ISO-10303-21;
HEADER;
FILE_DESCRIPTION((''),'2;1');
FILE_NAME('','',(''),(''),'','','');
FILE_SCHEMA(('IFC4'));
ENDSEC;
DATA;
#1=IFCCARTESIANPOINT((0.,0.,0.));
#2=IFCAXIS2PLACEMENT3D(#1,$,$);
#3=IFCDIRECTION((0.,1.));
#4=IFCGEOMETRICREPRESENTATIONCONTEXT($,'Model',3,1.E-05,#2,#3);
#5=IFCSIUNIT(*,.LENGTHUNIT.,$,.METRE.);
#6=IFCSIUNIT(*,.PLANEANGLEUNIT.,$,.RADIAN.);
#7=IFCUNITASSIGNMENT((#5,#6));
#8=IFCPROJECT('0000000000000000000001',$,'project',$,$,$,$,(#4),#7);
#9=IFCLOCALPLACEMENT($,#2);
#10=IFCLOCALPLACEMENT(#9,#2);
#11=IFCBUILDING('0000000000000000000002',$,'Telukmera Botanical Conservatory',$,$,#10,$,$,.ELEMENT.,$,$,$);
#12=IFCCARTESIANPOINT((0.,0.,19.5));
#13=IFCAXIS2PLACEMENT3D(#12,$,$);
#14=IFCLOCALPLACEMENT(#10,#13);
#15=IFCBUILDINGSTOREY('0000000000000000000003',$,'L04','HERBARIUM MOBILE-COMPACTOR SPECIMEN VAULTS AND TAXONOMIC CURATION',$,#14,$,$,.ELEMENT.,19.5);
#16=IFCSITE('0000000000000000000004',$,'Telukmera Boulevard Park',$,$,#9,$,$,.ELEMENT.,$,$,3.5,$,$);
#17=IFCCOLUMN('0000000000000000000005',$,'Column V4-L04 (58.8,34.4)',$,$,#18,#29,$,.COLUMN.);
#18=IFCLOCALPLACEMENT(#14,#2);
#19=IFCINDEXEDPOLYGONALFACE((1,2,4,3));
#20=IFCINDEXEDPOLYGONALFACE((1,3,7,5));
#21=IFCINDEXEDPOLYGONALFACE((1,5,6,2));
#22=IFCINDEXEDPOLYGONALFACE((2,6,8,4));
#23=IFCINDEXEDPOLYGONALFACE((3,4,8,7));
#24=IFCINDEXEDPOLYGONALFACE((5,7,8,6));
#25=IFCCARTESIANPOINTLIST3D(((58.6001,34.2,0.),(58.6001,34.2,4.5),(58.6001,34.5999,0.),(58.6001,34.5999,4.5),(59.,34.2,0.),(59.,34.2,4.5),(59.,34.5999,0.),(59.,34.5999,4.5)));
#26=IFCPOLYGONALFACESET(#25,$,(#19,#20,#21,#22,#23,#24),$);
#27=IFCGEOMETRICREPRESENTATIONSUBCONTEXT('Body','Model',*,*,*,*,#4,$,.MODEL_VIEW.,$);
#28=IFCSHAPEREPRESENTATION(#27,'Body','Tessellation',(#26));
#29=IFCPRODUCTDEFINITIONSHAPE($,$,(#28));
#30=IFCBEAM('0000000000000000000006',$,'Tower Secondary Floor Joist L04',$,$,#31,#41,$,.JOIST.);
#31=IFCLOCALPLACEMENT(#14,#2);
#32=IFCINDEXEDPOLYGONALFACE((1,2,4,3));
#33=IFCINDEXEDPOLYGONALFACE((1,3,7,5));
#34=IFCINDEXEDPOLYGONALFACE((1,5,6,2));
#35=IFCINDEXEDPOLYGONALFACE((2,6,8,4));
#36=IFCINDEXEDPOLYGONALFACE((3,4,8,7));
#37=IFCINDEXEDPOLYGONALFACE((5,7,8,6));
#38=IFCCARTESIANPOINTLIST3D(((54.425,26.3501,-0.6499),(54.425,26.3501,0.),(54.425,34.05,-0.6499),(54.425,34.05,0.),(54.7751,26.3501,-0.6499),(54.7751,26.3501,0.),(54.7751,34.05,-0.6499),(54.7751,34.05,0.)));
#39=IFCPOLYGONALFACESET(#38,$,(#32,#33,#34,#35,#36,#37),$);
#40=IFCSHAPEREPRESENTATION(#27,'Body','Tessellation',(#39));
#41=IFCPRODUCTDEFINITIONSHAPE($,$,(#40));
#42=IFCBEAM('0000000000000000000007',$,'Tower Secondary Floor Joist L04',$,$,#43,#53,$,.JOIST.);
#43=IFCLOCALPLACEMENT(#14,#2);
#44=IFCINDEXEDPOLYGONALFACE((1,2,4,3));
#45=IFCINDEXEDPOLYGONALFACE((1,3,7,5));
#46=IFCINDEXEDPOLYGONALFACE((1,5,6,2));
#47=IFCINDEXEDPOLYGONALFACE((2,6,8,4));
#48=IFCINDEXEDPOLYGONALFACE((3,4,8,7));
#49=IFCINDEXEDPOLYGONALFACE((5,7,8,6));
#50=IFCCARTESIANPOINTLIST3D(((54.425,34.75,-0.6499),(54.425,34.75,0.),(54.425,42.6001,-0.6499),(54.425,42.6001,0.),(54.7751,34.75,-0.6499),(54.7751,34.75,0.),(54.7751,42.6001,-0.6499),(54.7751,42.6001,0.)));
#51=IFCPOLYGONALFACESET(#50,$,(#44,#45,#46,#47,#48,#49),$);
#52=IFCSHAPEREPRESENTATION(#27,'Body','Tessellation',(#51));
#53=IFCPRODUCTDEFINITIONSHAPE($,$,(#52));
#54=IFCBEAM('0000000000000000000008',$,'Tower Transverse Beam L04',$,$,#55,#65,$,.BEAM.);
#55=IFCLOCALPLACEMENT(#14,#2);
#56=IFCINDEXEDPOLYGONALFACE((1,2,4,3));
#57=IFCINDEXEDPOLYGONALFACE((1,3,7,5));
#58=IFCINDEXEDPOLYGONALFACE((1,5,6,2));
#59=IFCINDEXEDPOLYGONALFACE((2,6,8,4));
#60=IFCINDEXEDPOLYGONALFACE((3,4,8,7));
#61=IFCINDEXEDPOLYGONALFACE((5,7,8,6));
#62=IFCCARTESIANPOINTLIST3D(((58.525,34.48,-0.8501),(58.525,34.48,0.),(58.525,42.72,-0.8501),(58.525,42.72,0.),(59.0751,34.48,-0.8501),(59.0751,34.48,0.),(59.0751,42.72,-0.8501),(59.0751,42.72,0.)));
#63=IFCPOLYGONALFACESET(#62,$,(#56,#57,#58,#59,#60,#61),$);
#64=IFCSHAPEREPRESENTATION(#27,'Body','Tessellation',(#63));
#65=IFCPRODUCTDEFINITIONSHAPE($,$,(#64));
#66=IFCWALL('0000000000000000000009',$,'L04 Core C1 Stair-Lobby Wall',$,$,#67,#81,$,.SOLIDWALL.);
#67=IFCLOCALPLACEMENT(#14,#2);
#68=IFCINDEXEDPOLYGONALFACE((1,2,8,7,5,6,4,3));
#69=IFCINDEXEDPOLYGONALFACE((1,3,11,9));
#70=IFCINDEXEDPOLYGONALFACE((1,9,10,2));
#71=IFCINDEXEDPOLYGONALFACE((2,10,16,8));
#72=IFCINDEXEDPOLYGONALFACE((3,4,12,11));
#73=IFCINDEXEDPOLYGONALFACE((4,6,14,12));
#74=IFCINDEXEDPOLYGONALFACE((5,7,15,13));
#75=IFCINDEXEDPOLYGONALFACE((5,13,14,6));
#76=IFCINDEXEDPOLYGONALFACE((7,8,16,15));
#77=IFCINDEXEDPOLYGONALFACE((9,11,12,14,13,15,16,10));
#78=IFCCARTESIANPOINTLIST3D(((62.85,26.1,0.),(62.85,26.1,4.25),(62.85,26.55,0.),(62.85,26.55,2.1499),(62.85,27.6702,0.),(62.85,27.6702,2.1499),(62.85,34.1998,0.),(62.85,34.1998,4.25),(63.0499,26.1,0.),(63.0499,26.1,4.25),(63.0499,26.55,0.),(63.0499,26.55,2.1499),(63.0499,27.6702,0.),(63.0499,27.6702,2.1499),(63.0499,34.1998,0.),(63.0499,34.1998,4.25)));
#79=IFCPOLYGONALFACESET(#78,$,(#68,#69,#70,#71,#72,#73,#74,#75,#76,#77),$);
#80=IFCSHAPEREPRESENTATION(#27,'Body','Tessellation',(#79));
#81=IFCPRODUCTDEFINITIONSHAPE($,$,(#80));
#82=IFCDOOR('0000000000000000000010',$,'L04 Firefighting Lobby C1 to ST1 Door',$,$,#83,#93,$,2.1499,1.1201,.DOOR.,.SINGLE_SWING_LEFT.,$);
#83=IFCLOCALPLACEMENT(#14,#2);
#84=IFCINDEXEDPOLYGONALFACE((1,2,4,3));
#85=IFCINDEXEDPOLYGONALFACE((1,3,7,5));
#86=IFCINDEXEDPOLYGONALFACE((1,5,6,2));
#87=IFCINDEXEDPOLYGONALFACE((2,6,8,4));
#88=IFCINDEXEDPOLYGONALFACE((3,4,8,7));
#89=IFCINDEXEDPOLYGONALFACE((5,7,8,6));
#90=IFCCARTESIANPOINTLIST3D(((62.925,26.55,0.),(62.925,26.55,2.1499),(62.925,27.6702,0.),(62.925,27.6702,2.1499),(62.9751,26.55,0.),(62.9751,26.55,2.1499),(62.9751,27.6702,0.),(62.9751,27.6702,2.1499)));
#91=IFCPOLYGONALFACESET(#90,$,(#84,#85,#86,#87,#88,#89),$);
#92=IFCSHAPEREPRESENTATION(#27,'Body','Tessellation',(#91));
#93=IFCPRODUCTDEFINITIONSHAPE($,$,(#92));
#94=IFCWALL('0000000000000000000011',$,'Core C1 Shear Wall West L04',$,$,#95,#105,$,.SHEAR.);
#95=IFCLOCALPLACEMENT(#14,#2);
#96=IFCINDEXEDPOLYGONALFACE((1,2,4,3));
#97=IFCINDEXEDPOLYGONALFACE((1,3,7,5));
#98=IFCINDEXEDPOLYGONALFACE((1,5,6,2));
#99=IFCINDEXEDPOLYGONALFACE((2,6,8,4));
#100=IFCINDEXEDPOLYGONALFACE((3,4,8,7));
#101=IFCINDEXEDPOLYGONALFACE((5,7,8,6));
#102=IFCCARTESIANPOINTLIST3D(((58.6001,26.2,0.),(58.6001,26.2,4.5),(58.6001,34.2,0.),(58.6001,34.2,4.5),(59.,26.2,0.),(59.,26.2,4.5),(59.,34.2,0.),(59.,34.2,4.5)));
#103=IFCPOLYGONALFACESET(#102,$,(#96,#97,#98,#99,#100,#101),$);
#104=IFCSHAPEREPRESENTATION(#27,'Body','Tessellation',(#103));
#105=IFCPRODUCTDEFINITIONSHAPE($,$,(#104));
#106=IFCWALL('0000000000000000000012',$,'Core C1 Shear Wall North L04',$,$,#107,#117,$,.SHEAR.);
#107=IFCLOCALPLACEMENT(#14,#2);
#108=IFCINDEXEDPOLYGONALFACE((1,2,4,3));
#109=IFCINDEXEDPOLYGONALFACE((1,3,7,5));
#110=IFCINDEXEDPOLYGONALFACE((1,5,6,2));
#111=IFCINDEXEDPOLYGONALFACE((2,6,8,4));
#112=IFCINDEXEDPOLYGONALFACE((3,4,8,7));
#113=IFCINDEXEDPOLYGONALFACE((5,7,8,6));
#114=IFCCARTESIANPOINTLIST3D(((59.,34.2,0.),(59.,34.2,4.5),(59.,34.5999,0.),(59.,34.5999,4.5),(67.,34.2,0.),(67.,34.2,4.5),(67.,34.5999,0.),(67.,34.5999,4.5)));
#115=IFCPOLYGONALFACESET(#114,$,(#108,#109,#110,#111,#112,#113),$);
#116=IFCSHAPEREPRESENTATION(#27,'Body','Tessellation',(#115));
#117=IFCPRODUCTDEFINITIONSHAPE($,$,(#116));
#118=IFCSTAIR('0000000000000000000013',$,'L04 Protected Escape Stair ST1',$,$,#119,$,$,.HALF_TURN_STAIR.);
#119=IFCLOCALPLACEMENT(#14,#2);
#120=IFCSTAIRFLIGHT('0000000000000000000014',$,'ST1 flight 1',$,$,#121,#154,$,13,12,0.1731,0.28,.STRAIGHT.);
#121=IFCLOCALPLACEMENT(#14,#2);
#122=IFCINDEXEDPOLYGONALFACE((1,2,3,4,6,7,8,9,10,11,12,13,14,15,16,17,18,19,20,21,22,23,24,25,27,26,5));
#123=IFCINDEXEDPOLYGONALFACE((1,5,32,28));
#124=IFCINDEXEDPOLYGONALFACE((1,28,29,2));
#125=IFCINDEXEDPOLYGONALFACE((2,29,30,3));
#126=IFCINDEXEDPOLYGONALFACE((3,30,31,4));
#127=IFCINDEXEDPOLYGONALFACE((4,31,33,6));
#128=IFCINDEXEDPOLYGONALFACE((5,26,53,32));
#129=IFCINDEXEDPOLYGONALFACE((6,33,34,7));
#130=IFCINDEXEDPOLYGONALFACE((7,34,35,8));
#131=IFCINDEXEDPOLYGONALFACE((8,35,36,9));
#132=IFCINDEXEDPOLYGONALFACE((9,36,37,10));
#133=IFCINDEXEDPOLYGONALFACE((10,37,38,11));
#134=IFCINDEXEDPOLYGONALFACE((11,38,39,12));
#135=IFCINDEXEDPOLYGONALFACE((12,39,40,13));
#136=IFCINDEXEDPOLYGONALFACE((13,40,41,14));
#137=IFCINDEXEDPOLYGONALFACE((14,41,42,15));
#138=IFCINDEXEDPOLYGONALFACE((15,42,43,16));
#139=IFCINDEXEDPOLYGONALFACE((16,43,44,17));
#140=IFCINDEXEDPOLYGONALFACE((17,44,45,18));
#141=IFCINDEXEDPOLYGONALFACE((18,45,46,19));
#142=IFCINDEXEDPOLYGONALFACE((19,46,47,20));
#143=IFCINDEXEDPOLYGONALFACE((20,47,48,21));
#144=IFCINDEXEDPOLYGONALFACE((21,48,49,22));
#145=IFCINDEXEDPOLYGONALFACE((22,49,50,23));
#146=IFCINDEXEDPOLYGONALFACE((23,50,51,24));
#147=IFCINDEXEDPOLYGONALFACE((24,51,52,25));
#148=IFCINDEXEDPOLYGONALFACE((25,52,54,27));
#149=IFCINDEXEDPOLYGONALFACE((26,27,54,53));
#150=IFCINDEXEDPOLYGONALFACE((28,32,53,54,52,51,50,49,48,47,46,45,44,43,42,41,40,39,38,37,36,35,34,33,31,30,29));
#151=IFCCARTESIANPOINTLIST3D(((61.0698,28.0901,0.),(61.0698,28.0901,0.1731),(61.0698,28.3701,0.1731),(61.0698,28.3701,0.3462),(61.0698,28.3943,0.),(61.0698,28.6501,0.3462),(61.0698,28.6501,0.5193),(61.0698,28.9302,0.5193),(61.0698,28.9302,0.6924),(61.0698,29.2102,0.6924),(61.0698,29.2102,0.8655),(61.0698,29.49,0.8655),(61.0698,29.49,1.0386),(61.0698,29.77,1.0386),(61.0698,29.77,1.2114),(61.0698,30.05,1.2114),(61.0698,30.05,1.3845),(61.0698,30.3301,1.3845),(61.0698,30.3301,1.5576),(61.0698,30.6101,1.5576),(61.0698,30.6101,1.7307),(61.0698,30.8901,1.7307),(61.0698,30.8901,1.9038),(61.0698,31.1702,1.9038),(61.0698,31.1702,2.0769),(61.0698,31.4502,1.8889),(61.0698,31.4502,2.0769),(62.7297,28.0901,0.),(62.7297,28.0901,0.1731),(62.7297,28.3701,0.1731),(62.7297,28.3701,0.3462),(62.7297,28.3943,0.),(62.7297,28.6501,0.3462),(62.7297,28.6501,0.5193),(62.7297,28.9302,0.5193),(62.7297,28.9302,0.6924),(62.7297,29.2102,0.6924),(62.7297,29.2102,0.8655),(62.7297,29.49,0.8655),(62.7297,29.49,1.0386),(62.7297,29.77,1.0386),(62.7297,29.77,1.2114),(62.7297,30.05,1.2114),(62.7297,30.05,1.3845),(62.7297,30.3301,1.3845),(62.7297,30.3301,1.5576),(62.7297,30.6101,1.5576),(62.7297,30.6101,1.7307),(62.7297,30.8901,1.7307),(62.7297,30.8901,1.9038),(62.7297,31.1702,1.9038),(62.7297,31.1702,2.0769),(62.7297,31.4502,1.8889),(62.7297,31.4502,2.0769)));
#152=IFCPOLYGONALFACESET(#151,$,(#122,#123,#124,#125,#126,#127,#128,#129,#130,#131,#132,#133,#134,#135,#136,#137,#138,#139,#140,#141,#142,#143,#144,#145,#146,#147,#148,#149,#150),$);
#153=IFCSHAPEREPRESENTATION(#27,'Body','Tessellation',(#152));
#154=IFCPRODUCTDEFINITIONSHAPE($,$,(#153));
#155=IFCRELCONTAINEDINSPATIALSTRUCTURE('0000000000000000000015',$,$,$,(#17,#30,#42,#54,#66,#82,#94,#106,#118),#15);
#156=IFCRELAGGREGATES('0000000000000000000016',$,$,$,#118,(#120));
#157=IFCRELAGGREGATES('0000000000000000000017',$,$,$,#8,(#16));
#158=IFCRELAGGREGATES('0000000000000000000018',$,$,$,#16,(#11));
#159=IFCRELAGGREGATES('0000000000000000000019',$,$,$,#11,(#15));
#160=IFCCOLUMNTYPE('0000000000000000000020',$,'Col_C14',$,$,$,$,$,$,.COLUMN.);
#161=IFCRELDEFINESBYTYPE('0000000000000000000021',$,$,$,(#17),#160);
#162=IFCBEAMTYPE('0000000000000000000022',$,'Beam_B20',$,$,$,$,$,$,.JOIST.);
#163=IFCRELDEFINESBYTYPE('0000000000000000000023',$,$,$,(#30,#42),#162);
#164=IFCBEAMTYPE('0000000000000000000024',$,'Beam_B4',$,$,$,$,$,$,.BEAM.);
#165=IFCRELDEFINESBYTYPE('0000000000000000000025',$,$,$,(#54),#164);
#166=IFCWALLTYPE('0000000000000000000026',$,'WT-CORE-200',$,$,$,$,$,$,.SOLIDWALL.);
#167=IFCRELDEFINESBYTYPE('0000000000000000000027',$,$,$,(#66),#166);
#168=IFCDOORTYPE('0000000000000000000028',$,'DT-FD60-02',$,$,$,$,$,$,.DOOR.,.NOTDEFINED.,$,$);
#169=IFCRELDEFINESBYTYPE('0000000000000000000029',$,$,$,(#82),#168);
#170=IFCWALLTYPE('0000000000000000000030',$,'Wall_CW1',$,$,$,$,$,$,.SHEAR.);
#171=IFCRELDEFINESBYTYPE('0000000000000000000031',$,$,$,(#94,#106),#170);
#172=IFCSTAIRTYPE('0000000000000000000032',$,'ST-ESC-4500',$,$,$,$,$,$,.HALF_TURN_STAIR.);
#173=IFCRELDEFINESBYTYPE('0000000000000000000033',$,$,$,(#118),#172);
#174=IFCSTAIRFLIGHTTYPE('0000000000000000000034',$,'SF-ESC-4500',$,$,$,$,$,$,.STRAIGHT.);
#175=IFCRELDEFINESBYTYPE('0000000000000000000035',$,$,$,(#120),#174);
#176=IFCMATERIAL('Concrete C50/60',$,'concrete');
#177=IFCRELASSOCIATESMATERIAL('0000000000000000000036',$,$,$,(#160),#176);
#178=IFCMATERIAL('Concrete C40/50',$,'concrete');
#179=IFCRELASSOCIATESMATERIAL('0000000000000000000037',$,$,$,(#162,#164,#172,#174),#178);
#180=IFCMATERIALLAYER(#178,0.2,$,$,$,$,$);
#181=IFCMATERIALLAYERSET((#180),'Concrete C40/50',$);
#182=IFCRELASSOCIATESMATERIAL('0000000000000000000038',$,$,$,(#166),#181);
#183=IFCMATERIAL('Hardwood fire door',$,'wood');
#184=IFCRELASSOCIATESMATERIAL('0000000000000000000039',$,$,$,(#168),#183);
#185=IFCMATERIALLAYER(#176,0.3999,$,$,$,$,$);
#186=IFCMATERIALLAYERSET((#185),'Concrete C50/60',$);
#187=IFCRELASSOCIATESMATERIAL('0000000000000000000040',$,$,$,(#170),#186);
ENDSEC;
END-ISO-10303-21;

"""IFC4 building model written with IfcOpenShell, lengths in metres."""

from ifc_helpers import new_model, si_unit, direction, frame, frame_2d, origin, origin_2d, place, context, subcontext, project, spatial, polyline, rectangle, outline, extrude, material, layer, layer_set, material_profile, profile_set, type_object, element, fill, aggregate, save


model = new_model("IFC4")

# Units and contexts
model_context = context("Model", 3, precision=1e-05, world=origin(), true_north=direction((0.0, 1.0)))
body_context = subcontext(model_context, "Body", "Model", "MODEL_VIEW")
ifc_project = project(units=[si_unit("LENGTHUNIT", "METRE"), si_unit("PLANEANGLEUNIT", "RADIAN")], contexts=[model_context])

# Site, building, storey
site_placement = place(None, origin())
site = spatial("IfcSite", under=ifc_project, at=site_placement, Name="Telukmera Boulevard Park", CompositionType="ELEMENT", RefElevation=3.5)
building_placement = place(site_placement, origin())
building = spatial("IfcBuilding", under=site, at=building_placement, Name="Telukmera Botanical Conservatory", CompositionType="ELEMENT")
storey_placement = place(building_placement, frame((0.0, 0.0, 19.5)))
storey = spatial("IfcBuildingStorey", under=building, at=storey_placement, Name="L04", Description="HERBARIUM MOBILE-COMPACTOR SPECIMEN VAULTS AND TAXONOMIC CURATION", CompositionType="ELEMENT", Elevation=19.5)

# Column
ifc_material_1 = material(Name="Concrete C50/60", Category="concrete")
ifc_material_profile_1 = material_profile(ifc_material_1, rectangle(XDim=0.3999, YDim=0.3999, at=origin_2d()), Name="RC 400x400")
ifc_profile_set_1 = profile_set([ifc_material_profile_1], Name="Concrete C50/60")
column_type = type_object("IfcColumnType", Name="Col_C14", PredefinedType="COLUMN", material=ifc_profile_set_1)
column_placement = place(storey_placement, frame((58.8, 34.3999, 0.0), z_axis=(0.0, 0.0, 1.0), x_axis=(1.0, 0.0, 0.0)))
element("IfcColumn", 1, at=column_placement, inside=storey, type_object=column_type, Name="Column V4-L04 (58.8,34.4)", PredefinedType="COLUMN", context=body_context, shape_type="SweptSolid", body=[
    extrude(rectangle(XDim=0.3999, YDim=0.3999, at=origin_2d()), origin(), (0.0, 0.0, 1.0), 4.5),
])

# Beams
ifc_material_2 = material(Name="Concrete C40/50", Category="concrete")
ifc_material_profile_2 = material_profile(ifc_material_2, rectangle(XDim=0.3501, YDim=0.6499, at=origin_2d()), Name="RC 350x650")
ifc_profile_set_2 = profile_set([ifc_material_profile_2], Name="Concrete C40/50")
beam_type_1 = type_object("IfcBeamType", Name="Beam_B20", PredefinedType="JOIST", material=ifc_profile_set_2)
beam_1_placement = place(storey_placement, frame((54.6001, 26.3501, -0.325), z_axis=(0.0, 1.0, 0.0), x_axis=(-1.0, 0.0, 0.0)))
element("IfcBeam", 2, at=beam_1_placement, inside=storey, type_object=beam_type_1, Name="Tower Secondary Floor Joist L04", PredefinedType="JOIST", context=body_context, shape_type="SweptSolid", body=[
    extrude(rectangle(XDim=0.3501, YDim=0.6499, at=origin_2d()), origin(), (0.0, 0.0, 1.0), 7.7),
])
beam_2_placement = place(storey_placement, frame((54.6001, 34.75, -0.325), z_axis=(0.0, 1.0, 0.0), x_axis=(-1.0, 0.0, 0.0)))
element("IfcBeam", 3, at=beam_2_placement, inside=storey, type_object=beam_type_1, Name="Tower Secondary Floor Joist L04", PredefinedType="JOIST", context=body_context, shape_type="SweptSolid", body=[
    extrude(rectangle(XDim=0.3501, YDim=0.6499, at=origin_2d()), origin(), (0.0, 0.0, 1.0), 7.8501),
])
ifc_material_profile_3 = material_profile(ifc_material_2, rectangle(XDim=0.55, YDim=0.8501, at=origin_2d()), Name="RC 550x850")
ifc_profile_set_3 = profile_set([ifc_material_profile_3], Name="Concrete C40/50")
beam_type_2 = type_object("IfcBeamType", Name="Beam_B4", PredefinedType="BEAM", material=ifc_profile_set_3)
beam_3_placement = place(storey_placement, frame((58.8, 34.48, -0.425), z_axis=(0.0, 1.0, 0.0), x_axis=(-1.0, 0.0, 0.0)))
element("IfcBeam", 4, at=beam_3_placement, inside=storey, type_object=beam_type_2, Name="Tower Transverse Beam L04", PredefinedType="BEAM", context=body_context, shape_type="SweptSolid", body=[
    extrude(rectangle(XDim=0.55, YDim=0.8501, at=origin_2d()), origin(), (0.0, 0.0, 1.0), 8.24),
])

# Wall, opening, door
ifc_layer_1 = layer(ifc_material_2, 0.2)
ifc_layer_set_1 = layer_set([ifc_layer_1], Name="Concrete C40/50")
wall_type_1 = type_object("IfcWallType", Name="WT-CORE-200", PredefinedType="SOLIDWALL", material=ifc_layer_set_1)
wall_placement = place(storey_placement, frame((62.95, 26.1001, 0.0), z_axis=(0.0, 0.0, 1.0), x_axis=(0.0, 1.0, 0.0)))
wall = element("IfcWall", 5, at=wall_placement, inside=storey, type_object=wall_type_1, Name="L04 Core C1 Stair-Lobby Wall", PredefinedType="SOLIDWALL", context=body_context, shape_type="SweptSolid", body=[
    extrude(rectangle(XDim=8.0999, YDim=0.2, at=frame_2d((4.0498, 0.0))), origin(), (0.0, 0.0, 1.0), 4.25),
])
opening_placement = place(wall_placement, frame((0.45, 0.0, 0.0)))
opening = element("IfcOpeningElement", 6, at=opening_placement, cuts=wall, PredefinedType="OPENING", context=body_context, shape_type="SweptSolid", body=[
    extrude(rectangle(XDim=1.1201, YDim=2.1499, at=frame_2d((0.5601, 1.075))), frame((0.0, 0.1099, 0.0), z_axis=(0.0, -1.0, 0.0), x_axis=(1.0, 0.0, 0.0)), (0.0, 0.0, 1.0), 0.22),
])
ifc_material_3 = material(Name="Hardwood fire door", Category="wood")
door_type = type_object("IfcDoorType", Name="DT-FD60-02", OperationType="NOTDEFINED", PredefinedType="DOOR", material=ifc_material_3)
door_placement = place(opening_placement, origin())
door = element("IfcDoor", 7, at=door_placement, inside=storey, type_object=door_type, Name="L04 Firefighting Lobby C1 to ST1 Door", OperationType="SINGLE_SWING_LEFT", OverallHeight=2.1499, OverallWidth=1.1201, PredefinedType="DOOR", context=body_context, shape_type="SweptSolid", body=[
    extrude(rectangle(XDim=1.1201, YDim=2.1499, at=frame_2d((0.5601, 1.075))), frame((0.0, 0.0249, 0.0), z_axis=(0.0, -1.0, 0.0), x_axis=(1.0, 0.0, 0.0)), (0.0, 0.0, 1.0), 0.05),
])
fill(opening, door)

# Walls
ifc_layer_2 = layer(ifc_material_1, 0.3999)
ifc_layer_set_2 = layer_set([ifc_layer_2], Name="Concrete C50/60")
wall_type_2 = type_object("IfcWallType", Name="Wall_CW1", PredefinedType="SHEAR", material=ifc_layer_set_2)
for number, where, z_axis, x_axis, name in (
    (8, (58.8, 26.2, 0.0), (0.0, 0.0, 1.0), (0.0, 1.0, 0.0), "Core C1 Shear Wall West L04"),
    (9, (59.0, 34.3999, 0.0), (0.0, 0.0, 1.0), (1.0, 0.0, 0.0), "Core C1 Shear Wall North L04"),
):
    element("IfcWall", number, at=place(storey_placement, frame(where, z_axis=z_axis, x_axis=x_axis)), inside=storey, type_object=wall_type_2, Name=name, PredefinedType="SHEAR", context=body_context, shape_type="SweptSolid", body=[
        extrude(rectangle(XDim=8.0, YDim=0.3999, at=frame_2d((4.0, 0.0))), origin(), (0.0, 0.0, 1.0), 4.5),
    ])

# Stair, stair flight
stair_type = type_object("IfcStairType", Name="ST-ESC-4500", PredefinedType="HALF_TURN_STAIR", material=ifc_material_2)
stair_placement = place(storey_placement, origin())
stair = element("IfcStair", 10, at=stair_placement, inside=storey, type_object=stair_type, Name="L04 Protected Escape Stair ST1", PredefinedType="HALF_TURN_STAIR")
stair_flight_type = type_object("IfcStairFlightType", Name="SF-ESC-4500", PredefinedType="STRAIGHT", material=ifc_material_2)
stair_flight_1_placement = place(storey_placement, frame((61.8999, 28.0901, 0.0), z_axis=(0.0, 0.0, 1.0), x_axis=(0.0, 1.0, 0.0)))
stair_flight_1 = element("IfcStairFlight", 11, at=stair_flight_1_placement, type_object=stair_flight_type, Name="ST1 flight 1", NumberOfRisers=13, NumberOfTreads=12, PredefinedType="STRAIGHT", RiserHeight=0.1731, TreadLength=0.28, context=body_context, shape_type="SweptSolid", body=[
    extrude(outline(polyline([(0.0, 0.0), (0.0, 0.1731), (0.28, 0.1731), (0.28, 0.3462), (0.5601, 0.3462), (0.5601, 0.5193), (0.8401, 0.5193), (0.8401, 0.6924), (1.1201, 0.6924), (1.1201, 0.8655), (1.3999, 0.8655), (1.3999, 1.0386), (1.6799, 1.0386), (1.6799, 1.2114), (1.96, 1.2114), (1.96, 1.3845), (2.24, 1.3845), (2.24, 1.5576), (2.52, 1.5576), (2.52, 1.7307), (2.8, 1.7307), (2.8, 1.9038), (3.0801, 1.9038), (3.0801, 2.0769), (3.3601, 2.0769), (3.3601, 2.25), (3.3601, 1.8889), (0.3042, 0.0), (0.0, 0.0)])), frame((0.0, 0.8301, 0.0), z_axis=(0.0, -1.0, 0.0), x_axis=(1.0, 0.0, 0.0)), (0.0, 0.0, 1.0), 1.6599),
])
aggregate(stair, [stair_flight_1])

save(model, "model.ifc")
